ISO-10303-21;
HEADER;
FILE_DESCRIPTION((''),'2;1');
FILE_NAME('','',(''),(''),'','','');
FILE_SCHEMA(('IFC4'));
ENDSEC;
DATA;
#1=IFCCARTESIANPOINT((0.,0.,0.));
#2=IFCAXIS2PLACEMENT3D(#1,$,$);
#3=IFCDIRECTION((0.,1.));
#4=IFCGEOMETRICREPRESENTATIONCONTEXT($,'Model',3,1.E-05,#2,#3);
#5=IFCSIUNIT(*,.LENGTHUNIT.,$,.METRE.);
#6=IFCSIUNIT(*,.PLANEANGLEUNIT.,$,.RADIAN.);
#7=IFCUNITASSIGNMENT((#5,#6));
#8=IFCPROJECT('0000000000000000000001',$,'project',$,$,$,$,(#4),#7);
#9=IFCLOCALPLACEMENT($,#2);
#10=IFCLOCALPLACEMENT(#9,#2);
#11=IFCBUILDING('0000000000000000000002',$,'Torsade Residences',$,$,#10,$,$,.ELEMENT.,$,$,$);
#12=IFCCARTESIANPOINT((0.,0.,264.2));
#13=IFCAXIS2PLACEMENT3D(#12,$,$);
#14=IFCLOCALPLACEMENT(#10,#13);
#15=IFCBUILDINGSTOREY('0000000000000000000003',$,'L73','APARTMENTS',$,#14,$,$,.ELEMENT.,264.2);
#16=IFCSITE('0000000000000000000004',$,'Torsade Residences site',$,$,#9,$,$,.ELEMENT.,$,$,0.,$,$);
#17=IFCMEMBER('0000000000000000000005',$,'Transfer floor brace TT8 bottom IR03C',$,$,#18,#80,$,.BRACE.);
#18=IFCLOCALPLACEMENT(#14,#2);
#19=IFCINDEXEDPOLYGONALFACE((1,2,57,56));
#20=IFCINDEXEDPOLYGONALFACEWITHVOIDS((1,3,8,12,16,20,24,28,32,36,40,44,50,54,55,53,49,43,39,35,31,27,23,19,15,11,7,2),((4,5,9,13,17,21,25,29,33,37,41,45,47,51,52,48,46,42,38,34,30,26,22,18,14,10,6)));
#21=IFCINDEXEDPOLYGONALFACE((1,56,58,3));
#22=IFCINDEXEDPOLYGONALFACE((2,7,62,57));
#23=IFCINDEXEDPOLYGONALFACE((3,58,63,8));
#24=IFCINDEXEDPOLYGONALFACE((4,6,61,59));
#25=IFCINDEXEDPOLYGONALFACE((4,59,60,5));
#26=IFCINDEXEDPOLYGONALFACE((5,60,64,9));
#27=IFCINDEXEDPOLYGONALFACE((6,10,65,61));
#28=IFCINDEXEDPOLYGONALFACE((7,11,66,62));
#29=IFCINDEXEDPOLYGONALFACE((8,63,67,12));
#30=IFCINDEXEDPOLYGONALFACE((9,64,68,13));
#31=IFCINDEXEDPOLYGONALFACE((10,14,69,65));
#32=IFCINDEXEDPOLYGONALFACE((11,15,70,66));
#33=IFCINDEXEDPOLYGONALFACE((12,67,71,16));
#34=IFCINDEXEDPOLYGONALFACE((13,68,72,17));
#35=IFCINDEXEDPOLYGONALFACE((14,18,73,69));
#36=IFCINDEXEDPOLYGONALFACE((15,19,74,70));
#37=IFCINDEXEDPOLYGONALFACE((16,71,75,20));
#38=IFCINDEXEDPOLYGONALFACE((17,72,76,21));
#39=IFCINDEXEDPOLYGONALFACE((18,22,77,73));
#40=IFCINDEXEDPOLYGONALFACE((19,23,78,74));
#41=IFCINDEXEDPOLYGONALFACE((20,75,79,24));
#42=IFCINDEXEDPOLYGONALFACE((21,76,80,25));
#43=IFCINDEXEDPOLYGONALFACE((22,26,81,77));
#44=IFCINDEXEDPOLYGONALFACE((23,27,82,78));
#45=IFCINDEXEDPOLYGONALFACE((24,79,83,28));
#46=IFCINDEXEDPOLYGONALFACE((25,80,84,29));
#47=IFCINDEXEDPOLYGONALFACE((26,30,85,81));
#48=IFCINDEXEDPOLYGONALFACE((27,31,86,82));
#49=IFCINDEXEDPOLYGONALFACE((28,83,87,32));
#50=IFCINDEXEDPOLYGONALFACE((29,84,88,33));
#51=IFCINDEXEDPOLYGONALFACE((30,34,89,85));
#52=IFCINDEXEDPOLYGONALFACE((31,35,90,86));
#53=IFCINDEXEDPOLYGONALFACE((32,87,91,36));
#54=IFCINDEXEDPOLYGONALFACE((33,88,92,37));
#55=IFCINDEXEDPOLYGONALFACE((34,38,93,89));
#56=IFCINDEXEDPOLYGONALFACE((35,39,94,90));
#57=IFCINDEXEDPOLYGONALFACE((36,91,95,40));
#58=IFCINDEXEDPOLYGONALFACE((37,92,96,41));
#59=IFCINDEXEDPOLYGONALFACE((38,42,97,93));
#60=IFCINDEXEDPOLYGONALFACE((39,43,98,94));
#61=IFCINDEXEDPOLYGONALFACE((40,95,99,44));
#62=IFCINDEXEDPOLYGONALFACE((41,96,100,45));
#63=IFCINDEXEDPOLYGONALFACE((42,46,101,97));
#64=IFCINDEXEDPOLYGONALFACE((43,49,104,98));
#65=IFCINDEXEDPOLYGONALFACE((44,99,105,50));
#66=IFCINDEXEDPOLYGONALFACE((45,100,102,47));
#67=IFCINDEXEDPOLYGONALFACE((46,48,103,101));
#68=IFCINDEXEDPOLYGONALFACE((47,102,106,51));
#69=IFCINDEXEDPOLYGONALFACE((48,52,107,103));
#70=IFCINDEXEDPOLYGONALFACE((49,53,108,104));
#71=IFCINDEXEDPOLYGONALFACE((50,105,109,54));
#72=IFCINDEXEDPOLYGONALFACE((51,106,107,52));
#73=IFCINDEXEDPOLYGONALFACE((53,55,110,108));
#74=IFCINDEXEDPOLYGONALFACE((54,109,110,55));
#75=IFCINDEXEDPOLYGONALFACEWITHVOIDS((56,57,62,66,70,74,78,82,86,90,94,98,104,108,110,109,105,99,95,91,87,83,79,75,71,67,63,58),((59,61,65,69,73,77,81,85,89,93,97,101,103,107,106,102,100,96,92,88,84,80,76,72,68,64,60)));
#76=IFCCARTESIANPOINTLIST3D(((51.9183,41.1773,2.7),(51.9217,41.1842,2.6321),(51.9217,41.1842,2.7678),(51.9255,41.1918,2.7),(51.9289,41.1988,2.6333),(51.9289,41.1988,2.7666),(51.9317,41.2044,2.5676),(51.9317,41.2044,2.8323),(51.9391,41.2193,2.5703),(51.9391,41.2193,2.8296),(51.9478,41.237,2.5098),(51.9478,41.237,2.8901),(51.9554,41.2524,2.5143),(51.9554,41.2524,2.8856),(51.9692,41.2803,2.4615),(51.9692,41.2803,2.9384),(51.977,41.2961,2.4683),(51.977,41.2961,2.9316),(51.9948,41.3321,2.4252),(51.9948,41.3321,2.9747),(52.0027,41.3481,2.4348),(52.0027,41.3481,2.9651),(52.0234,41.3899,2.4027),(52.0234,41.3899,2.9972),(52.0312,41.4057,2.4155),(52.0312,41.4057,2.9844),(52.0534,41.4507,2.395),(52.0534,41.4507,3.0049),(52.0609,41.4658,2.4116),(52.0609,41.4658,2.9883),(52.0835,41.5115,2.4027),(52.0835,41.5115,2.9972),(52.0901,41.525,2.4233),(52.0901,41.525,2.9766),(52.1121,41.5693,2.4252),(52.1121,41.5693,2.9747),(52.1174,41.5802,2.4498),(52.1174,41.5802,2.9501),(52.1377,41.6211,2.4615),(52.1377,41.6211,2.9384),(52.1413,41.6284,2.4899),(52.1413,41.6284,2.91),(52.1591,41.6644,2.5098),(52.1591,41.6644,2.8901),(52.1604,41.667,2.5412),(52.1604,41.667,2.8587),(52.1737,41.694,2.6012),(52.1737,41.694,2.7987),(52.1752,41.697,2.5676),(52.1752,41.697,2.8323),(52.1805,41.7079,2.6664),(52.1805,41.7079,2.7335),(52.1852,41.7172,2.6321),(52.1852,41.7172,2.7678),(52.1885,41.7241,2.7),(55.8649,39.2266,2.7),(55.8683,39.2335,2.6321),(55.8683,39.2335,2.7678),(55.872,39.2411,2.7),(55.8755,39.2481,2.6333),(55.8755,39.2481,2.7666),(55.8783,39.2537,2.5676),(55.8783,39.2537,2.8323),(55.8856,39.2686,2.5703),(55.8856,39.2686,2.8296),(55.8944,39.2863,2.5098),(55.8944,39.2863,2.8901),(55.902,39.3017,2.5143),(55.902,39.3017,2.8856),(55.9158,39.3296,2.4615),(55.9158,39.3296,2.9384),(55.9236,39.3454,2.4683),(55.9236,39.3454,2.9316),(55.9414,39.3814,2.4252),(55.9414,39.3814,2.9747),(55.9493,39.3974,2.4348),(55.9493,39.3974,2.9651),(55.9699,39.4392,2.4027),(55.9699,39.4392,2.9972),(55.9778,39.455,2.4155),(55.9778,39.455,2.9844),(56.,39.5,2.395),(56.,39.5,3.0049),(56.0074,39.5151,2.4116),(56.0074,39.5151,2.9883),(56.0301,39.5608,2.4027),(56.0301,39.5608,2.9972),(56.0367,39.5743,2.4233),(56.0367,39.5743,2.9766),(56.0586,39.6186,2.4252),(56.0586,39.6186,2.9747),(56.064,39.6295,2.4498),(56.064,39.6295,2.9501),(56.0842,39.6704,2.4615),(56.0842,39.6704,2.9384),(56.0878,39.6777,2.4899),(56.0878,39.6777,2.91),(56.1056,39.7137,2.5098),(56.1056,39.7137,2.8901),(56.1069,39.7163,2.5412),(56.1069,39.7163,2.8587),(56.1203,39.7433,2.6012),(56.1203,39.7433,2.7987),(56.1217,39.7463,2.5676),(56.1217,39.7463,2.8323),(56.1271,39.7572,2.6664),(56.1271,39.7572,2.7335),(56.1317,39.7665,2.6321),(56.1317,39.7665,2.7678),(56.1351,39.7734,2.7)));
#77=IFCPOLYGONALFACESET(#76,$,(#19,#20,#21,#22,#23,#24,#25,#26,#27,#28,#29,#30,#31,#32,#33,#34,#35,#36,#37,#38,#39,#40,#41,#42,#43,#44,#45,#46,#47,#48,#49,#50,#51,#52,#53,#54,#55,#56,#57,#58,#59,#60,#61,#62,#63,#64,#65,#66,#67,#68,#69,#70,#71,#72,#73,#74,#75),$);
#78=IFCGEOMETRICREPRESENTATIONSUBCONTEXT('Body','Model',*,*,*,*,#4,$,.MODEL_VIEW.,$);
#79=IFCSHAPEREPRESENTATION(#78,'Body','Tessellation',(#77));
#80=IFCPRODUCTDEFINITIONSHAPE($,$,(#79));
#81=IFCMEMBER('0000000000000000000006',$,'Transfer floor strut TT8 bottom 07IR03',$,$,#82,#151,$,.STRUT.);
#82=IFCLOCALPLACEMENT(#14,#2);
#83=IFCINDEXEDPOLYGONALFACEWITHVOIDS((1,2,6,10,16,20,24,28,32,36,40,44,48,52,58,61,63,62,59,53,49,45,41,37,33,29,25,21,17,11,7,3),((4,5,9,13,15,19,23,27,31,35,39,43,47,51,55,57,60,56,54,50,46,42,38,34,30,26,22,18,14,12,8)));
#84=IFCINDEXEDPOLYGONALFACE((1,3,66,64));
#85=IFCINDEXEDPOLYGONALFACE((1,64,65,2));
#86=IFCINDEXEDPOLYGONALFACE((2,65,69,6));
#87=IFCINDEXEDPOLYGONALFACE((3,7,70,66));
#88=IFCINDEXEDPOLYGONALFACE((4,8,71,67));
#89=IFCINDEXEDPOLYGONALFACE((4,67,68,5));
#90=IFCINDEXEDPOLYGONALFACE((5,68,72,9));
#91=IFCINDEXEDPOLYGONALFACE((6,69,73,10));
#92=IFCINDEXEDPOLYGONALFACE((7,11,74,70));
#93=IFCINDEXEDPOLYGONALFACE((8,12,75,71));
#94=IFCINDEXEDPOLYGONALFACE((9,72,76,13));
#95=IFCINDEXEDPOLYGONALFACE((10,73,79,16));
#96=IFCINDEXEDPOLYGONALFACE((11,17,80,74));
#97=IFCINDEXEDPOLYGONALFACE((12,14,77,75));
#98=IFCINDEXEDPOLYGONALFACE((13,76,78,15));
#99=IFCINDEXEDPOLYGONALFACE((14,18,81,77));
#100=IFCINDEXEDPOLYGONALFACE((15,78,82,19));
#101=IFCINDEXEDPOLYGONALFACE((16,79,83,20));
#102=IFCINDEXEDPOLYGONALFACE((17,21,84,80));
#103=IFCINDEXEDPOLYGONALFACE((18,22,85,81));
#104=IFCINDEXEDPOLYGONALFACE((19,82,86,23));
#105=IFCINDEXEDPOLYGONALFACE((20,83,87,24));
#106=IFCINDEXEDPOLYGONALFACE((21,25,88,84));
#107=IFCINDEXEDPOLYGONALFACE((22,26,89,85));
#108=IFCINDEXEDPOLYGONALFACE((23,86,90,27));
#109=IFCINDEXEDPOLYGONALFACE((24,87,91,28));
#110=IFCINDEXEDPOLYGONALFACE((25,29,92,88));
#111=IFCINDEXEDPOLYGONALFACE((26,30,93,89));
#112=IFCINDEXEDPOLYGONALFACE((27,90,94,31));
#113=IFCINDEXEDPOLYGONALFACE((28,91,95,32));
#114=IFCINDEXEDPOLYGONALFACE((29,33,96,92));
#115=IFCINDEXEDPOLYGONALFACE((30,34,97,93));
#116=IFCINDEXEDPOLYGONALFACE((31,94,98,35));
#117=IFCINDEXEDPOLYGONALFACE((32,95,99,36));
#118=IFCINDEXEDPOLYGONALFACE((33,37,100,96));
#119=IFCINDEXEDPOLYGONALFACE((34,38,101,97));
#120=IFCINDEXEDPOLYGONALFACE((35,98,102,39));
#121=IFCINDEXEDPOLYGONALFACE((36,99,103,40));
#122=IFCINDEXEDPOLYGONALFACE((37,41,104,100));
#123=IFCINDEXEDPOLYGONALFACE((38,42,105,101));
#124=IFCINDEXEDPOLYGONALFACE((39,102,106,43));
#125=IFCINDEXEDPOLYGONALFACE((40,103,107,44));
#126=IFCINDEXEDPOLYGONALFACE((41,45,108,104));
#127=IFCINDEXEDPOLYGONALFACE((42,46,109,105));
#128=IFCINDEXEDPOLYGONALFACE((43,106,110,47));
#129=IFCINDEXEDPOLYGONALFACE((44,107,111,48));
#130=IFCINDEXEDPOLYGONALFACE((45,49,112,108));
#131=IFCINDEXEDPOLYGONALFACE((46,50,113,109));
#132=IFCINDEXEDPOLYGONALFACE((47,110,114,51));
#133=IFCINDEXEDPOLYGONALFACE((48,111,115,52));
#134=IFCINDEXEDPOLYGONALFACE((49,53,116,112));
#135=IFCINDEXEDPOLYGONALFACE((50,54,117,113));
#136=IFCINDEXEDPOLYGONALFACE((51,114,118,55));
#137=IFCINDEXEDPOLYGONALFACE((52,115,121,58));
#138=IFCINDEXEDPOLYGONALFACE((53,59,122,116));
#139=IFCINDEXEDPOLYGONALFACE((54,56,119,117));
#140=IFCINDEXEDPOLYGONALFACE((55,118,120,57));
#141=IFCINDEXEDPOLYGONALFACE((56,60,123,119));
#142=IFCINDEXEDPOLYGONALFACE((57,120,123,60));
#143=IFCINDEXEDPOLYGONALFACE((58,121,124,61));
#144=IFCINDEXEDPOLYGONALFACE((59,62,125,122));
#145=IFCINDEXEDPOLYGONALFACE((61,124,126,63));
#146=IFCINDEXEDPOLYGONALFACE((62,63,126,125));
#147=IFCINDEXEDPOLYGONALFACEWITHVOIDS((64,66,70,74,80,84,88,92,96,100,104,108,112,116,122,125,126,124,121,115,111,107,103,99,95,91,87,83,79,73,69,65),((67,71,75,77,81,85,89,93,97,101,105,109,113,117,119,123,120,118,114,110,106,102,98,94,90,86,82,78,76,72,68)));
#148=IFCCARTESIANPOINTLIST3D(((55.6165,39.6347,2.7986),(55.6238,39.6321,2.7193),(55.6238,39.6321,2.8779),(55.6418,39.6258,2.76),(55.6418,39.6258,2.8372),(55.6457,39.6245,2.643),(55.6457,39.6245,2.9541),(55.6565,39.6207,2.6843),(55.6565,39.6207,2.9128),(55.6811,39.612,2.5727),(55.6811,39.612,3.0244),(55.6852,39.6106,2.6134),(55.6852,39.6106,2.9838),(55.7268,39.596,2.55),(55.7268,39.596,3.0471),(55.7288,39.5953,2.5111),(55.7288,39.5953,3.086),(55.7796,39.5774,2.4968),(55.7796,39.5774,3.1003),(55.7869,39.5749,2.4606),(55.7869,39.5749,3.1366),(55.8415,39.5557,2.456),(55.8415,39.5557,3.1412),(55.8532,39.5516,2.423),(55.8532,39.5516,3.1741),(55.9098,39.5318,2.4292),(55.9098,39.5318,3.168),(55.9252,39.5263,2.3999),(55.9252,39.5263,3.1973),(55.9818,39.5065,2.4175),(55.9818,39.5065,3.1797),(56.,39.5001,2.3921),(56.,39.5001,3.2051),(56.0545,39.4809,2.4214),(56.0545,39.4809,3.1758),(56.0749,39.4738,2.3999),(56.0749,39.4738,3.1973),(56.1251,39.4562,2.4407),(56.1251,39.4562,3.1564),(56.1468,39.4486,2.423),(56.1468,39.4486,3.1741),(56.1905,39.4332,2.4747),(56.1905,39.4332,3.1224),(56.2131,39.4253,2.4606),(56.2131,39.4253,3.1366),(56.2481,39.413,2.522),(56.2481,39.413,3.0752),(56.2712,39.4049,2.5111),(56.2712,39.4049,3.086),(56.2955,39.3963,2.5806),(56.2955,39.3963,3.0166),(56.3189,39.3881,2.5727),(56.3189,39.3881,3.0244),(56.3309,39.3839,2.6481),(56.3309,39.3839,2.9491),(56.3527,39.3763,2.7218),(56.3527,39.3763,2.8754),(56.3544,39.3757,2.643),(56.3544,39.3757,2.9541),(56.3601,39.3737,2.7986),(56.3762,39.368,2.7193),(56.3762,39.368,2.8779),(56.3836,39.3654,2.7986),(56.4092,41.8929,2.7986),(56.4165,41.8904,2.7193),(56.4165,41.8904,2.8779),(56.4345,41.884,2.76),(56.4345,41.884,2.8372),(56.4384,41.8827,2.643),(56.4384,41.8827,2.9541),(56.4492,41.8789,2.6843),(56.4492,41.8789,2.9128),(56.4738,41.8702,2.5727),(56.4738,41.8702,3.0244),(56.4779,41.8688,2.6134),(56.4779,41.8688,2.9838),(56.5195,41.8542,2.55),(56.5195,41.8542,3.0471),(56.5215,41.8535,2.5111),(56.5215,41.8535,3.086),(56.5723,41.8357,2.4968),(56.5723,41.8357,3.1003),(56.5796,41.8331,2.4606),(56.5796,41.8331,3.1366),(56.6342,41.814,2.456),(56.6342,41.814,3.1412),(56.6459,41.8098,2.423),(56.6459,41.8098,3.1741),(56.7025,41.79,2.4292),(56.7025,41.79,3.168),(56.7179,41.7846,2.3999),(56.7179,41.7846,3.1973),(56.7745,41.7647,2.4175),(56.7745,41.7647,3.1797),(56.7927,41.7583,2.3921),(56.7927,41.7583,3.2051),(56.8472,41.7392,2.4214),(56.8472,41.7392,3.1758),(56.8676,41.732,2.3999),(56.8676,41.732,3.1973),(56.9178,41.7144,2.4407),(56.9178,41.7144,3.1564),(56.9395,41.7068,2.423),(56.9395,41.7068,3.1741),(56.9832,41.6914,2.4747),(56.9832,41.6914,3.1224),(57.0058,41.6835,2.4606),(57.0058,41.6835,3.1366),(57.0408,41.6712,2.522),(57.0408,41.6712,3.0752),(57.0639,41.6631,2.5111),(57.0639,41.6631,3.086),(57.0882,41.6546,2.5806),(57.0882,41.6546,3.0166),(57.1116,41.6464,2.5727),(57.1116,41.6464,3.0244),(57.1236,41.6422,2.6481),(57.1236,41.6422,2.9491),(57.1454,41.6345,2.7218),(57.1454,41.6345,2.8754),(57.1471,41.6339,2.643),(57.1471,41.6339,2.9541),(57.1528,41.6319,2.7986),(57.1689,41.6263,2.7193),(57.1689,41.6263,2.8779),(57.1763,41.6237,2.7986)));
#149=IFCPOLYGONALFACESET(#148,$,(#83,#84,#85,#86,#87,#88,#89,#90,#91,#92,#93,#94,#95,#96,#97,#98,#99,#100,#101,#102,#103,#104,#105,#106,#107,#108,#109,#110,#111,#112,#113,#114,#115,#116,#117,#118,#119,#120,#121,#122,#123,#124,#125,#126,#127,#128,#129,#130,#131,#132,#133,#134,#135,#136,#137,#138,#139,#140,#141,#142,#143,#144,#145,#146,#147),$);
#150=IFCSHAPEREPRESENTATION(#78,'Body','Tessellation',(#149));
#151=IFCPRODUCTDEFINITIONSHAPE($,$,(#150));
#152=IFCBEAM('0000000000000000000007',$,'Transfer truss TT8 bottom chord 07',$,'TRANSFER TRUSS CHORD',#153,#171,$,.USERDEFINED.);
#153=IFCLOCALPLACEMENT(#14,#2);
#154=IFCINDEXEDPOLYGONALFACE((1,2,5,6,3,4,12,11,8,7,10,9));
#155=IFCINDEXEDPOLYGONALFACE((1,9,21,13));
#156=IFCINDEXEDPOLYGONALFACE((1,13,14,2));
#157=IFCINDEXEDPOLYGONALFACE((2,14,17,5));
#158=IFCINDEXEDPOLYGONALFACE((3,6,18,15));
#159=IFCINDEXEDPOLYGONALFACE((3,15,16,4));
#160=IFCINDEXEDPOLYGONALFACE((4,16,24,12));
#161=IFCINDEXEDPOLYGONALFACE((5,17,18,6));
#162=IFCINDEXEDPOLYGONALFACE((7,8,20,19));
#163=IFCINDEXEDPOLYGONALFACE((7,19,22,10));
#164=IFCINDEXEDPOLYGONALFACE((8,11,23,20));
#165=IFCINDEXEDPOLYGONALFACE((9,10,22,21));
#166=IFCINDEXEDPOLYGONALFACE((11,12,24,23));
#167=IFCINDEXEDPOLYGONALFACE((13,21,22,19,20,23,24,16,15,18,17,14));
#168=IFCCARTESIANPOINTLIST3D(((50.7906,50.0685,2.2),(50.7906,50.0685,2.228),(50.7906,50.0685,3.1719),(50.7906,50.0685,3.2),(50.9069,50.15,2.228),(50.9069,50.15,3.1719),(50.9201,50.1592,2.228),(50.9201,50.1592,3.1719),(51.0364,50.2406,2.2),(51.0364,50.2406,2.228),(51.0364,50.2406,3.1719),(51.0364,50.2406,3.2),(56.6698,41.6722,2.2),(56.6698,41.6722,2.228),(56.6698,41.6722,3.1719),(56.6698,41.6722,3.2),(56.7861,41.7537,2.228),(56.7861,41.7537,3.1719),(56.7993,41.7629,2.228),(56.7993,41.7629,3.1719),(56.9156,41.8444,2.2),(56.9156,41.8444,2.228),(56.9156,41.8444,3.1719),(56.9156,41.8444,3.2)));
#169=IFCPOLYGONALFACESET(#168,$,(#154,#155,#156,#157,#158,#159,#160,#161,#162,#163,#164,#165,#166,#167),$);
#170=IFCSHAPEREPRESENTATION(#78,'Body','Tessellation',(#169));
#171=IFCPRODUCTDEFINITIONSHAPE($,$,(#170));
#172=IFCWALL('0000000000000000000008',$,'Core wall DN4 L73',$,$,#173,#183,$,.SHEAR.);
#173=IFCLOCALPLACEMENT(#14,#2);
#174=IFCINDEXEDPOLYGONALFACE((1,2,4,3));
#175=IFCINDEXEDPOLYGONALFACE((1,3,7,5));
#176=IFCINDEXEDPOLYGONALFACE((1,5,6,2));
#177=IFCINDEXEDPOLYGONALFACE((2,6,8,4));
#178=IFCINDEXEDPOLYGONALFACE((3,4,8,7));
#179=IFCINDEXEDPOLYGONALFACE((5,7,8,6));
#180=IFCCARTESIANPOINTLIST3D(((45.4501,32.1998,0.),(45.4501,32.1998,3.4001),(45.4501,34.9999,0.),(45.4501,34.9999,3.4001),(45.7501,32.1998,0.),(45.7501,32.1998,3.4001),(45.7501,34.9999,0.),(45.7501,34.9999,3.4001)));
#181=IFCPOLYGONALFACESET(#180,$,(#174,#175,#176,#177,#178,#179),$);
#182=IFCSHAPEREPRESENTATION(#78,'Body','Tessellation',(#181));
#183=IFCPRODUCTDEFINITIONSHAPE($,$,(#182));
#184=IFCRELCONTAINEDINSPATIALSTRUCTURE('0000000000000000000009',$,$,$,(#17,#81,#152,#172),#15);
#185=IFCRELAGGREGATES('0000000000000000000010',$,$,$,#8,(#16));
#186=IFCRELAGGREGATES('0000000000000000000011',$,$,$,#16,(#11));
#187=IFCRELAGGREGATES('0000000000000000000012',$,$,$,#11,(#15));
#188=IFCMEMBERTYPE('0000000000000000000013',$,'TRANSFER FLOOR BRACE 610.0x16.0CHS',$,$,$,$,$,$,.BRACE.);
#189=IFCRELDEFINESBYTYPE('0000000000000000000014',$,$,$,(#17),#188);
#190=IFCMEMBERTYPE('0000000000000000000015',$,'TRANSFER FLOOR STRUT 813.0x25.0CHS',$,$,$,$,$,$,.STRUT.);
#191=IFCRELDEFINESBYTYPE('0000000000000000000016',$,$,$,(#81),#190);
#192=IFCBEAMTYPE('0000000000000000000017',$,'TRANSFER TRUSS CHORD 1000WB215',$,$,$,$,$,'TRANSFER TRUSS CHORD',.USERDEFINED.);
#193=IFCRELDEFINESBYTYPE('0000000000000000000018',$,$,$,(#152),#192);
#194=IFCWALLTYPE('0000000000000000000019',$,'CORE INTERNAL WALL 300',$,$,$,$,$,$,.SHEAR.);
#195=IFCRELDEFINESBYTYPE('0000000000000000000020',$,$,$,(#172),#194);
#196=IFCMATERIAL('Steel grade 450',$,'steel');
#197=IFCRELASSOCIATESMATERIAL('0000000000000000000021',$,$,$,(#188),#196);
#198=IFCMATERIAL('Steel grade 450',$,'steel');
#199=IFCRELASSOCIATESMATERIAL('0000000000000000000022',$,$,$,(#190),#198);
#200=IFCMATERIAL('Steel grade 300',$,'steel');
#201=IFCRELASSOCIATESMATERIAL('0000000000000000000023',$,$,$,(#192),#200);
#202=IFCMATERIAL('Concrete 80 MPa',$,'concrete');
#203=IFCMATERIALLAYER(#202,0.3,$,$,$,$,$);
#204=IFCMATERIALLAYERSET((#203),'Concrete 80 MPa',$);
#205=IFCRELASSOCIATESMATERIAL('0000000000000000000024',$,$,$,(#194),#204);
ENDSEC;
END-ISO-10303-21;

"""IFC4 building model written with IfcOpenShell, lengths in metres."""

from ifc_helpers import new_model, si_unit, direction, frame, frame_2d, origin, origin_2d, place, context, subcontext, project, spatial, rectangle, hollow_circle, i_section, extrude, material, layer, layer_set, material_profile, profile_set, type_object, element, save


model = new_model("IFC4")

# Units and contexts
model_context = context("Model", 3, precision=1e-05, world=origin(), true_north=direction((0.0, 1.0)))
body_context = subcontext(model_context, "Body", "Model", "MODEL_VIEW")
ifc_project = project(units=[si_unit("LENGTHUNIT", "METRE"), si_unit("PLANEANGLEUNIT", "RADIAN")], contexts=[model_context])

# Site, building, storey
site_placement = place(None, origin())
site = spatial("IfcSite", under=ifc_project, at=site_placement, Name="Torsade Residences site", CompositionType="ELEMENT", RefElevation=0.0)
building_placement = place(site_placement, origin())
building = spatial("IfcBuilding", under=site, at=building_placement, Name="Torsade Residences", CompositionType="ELEMENT")
storey_placement = place(building_placement, frame((0.0, 0.0, 264.2)))
storey = spatial("IfcBuildingStorey", under=building, at=storey_placement, Name="L73", Description="APARTMENTS", CompositionType="ELEMENT", Elevation=264.2)

# Members
ifc_material_1 = material(Name="Steel grade 450", Category="steel")
ifc_material_profile_1 = material_profile(ifc_material_1, hollow_circle(Radius=0.3049, WallThickness=0.0161, at=origin_2d()), Name="610.0x16.0CHS")
ifc_profile_set_1 = profile_set([ifc_material_profile_1], Name="Steel grade 450")
member_type_1 = type_object("IfcMemberType", Name="TRANSFER FLOOR BRACE 610.0x16.0CHS", PredefinedType="BRACE", material=ifc_profile_set_1)
member_1_placement = place(storey_placement, frame((56.0, 39.5, 2.7), z_axis=(-0.89647, 0.443105, 0.0), x_axis=(-0.443105, -0.89647, 0.0)))
element("IfcMember", 1, at=member_1_placement, inside=storey, type_object=member_type_1, Name="Transfer floor brace TT8 bottom IR03C", PredefinedType="BRACE", context=body_context, shape_type="SweptSolid", body=[
    extrude(hollow_circle(Radius=0.3049, WallThickness=0.0161, at=origin_2d()), origin(), (0.0, 0.0, 1.0), 4.4023),
])
ifc_material_2 = material(Name="Steel grade 450", Category="steel")
ifc_material_profile_2 = material_profile(ifc_material_2, hollow_circle(Radius=0.4065, WallThickness=0.0249, at=origin_2d()), Name="813.0x25.0CHS")
ifc_profile_set_2 = profile_set([ifc_material_profile_2], Name="Steel grade 450")
member_type_2 = type_object("IfcMemberType", Name="TRANSFER FLOOR STRUT 813.0x25.0CHS", PredefinedType="STRUT", material=ifc_profile_set_2)
member_2_placement = place(storey_placement, frame((56.7927, 41.7583, 2.7986), z_axis=(-0.331214, -0.943556, 0.0), x_axis=(0.943556, -0.331214, 0.0)))
element("IfcMember", 2, at=member_2_placement, inside=storey, type_object=member_type_2, Name="Transfer floor strut TT8 bottom 07IR03", PredefinedType="STRUT", context=body_context, shape_type="SweptSolid", body=[
    extrude(hollow_circle(Radius=0.4065, WallThickness=0.0249, at=origin_2d()), origin(), (0.0, 0.0, 1.0), 2.3933),
])

# Beam
ifc_material_3 = material(Name="Steel grade 300", Category="steel")
ifc_material_profile_3 = material_profile(ifc_material_3, i_section(OverallWidth=0.3, OverallDepth=1.0, WebThickness=0.0161, FlangeThickness=0.0281, at=origin_2d()), Name="1000WB215")
ifc_profile_set_3 = profile_set([ifc_material_profile_3], Name="Steel grade 300")
beam_type_1 = type_object("IfcBeamType", Name="TRANSFER TRUSS CHORD 1000WB215", ElementType="TRANSFER TRUSS CHORD", PredefinedType="USERDEFINED", material=ifc_profile_set_3)
beam_1_placement = place(storey_placement, frame((56.7927, 41.7583, 2.7), z_axis=(-0.573579, 0.81915, 0.0), x_axis=(-0.81915, -0.573579, 0.0)))
element("IfcBeam", 3, at=beam_1_placement, inside=storey, type_object=beam_type_1, Name="Transfer truss TT8 bottom chord 07", ObjectType="TRANSFER TRUSS CHORD", PredefinedType="USERDEFINED", context=body_context, shape_type="SweptSolid", body=[
    extrude(i_section(OverallWidth=0.3, OverallDepth=1.0, WebThickness=0.0161, FlangeThickness=0.0281, at=origin_2d()), origin(), (0.0, 0.0, 1.0), 10.25),
])

# Wall
ifc_material_4 = material(Name="Concrete 80 MPa", Category="concrete")
ifc_layer_1 = layer(ifc_material_4, 0.3)
ifc_layer_set_1 = layer_set([ifc_layer_1], Name="Concrete 80 MPa")
wall_type_1 = type_object("IfcWallType", Name="CORE INTERNAL WALL 300", PredefinedType="SHEAR", material=ifc_layer_set_1)
wall_1_placement = place(storey_placement, frame((45.6001, 32.2, 0.0), z_axis=(0.0, 0.0, 1.0), x_axis=(0.0, 1.0, 0.0)))
element("IfcWall", 4, at=wall_1_placement, inside=storey, type_object=wall_type_1, Name="Core wall DN4 L73", PredefinedType="SHEAR", context=body_context, shape_type="SweptSolid", body=[
    extrude(rectangle(XDim=2.8, YDim=0.3, at=frame_2d((1.3999, 0.0))), origin(), (0.0, 0.0, 1.0), 3.4001),
])

save(model, "model.ifc")
